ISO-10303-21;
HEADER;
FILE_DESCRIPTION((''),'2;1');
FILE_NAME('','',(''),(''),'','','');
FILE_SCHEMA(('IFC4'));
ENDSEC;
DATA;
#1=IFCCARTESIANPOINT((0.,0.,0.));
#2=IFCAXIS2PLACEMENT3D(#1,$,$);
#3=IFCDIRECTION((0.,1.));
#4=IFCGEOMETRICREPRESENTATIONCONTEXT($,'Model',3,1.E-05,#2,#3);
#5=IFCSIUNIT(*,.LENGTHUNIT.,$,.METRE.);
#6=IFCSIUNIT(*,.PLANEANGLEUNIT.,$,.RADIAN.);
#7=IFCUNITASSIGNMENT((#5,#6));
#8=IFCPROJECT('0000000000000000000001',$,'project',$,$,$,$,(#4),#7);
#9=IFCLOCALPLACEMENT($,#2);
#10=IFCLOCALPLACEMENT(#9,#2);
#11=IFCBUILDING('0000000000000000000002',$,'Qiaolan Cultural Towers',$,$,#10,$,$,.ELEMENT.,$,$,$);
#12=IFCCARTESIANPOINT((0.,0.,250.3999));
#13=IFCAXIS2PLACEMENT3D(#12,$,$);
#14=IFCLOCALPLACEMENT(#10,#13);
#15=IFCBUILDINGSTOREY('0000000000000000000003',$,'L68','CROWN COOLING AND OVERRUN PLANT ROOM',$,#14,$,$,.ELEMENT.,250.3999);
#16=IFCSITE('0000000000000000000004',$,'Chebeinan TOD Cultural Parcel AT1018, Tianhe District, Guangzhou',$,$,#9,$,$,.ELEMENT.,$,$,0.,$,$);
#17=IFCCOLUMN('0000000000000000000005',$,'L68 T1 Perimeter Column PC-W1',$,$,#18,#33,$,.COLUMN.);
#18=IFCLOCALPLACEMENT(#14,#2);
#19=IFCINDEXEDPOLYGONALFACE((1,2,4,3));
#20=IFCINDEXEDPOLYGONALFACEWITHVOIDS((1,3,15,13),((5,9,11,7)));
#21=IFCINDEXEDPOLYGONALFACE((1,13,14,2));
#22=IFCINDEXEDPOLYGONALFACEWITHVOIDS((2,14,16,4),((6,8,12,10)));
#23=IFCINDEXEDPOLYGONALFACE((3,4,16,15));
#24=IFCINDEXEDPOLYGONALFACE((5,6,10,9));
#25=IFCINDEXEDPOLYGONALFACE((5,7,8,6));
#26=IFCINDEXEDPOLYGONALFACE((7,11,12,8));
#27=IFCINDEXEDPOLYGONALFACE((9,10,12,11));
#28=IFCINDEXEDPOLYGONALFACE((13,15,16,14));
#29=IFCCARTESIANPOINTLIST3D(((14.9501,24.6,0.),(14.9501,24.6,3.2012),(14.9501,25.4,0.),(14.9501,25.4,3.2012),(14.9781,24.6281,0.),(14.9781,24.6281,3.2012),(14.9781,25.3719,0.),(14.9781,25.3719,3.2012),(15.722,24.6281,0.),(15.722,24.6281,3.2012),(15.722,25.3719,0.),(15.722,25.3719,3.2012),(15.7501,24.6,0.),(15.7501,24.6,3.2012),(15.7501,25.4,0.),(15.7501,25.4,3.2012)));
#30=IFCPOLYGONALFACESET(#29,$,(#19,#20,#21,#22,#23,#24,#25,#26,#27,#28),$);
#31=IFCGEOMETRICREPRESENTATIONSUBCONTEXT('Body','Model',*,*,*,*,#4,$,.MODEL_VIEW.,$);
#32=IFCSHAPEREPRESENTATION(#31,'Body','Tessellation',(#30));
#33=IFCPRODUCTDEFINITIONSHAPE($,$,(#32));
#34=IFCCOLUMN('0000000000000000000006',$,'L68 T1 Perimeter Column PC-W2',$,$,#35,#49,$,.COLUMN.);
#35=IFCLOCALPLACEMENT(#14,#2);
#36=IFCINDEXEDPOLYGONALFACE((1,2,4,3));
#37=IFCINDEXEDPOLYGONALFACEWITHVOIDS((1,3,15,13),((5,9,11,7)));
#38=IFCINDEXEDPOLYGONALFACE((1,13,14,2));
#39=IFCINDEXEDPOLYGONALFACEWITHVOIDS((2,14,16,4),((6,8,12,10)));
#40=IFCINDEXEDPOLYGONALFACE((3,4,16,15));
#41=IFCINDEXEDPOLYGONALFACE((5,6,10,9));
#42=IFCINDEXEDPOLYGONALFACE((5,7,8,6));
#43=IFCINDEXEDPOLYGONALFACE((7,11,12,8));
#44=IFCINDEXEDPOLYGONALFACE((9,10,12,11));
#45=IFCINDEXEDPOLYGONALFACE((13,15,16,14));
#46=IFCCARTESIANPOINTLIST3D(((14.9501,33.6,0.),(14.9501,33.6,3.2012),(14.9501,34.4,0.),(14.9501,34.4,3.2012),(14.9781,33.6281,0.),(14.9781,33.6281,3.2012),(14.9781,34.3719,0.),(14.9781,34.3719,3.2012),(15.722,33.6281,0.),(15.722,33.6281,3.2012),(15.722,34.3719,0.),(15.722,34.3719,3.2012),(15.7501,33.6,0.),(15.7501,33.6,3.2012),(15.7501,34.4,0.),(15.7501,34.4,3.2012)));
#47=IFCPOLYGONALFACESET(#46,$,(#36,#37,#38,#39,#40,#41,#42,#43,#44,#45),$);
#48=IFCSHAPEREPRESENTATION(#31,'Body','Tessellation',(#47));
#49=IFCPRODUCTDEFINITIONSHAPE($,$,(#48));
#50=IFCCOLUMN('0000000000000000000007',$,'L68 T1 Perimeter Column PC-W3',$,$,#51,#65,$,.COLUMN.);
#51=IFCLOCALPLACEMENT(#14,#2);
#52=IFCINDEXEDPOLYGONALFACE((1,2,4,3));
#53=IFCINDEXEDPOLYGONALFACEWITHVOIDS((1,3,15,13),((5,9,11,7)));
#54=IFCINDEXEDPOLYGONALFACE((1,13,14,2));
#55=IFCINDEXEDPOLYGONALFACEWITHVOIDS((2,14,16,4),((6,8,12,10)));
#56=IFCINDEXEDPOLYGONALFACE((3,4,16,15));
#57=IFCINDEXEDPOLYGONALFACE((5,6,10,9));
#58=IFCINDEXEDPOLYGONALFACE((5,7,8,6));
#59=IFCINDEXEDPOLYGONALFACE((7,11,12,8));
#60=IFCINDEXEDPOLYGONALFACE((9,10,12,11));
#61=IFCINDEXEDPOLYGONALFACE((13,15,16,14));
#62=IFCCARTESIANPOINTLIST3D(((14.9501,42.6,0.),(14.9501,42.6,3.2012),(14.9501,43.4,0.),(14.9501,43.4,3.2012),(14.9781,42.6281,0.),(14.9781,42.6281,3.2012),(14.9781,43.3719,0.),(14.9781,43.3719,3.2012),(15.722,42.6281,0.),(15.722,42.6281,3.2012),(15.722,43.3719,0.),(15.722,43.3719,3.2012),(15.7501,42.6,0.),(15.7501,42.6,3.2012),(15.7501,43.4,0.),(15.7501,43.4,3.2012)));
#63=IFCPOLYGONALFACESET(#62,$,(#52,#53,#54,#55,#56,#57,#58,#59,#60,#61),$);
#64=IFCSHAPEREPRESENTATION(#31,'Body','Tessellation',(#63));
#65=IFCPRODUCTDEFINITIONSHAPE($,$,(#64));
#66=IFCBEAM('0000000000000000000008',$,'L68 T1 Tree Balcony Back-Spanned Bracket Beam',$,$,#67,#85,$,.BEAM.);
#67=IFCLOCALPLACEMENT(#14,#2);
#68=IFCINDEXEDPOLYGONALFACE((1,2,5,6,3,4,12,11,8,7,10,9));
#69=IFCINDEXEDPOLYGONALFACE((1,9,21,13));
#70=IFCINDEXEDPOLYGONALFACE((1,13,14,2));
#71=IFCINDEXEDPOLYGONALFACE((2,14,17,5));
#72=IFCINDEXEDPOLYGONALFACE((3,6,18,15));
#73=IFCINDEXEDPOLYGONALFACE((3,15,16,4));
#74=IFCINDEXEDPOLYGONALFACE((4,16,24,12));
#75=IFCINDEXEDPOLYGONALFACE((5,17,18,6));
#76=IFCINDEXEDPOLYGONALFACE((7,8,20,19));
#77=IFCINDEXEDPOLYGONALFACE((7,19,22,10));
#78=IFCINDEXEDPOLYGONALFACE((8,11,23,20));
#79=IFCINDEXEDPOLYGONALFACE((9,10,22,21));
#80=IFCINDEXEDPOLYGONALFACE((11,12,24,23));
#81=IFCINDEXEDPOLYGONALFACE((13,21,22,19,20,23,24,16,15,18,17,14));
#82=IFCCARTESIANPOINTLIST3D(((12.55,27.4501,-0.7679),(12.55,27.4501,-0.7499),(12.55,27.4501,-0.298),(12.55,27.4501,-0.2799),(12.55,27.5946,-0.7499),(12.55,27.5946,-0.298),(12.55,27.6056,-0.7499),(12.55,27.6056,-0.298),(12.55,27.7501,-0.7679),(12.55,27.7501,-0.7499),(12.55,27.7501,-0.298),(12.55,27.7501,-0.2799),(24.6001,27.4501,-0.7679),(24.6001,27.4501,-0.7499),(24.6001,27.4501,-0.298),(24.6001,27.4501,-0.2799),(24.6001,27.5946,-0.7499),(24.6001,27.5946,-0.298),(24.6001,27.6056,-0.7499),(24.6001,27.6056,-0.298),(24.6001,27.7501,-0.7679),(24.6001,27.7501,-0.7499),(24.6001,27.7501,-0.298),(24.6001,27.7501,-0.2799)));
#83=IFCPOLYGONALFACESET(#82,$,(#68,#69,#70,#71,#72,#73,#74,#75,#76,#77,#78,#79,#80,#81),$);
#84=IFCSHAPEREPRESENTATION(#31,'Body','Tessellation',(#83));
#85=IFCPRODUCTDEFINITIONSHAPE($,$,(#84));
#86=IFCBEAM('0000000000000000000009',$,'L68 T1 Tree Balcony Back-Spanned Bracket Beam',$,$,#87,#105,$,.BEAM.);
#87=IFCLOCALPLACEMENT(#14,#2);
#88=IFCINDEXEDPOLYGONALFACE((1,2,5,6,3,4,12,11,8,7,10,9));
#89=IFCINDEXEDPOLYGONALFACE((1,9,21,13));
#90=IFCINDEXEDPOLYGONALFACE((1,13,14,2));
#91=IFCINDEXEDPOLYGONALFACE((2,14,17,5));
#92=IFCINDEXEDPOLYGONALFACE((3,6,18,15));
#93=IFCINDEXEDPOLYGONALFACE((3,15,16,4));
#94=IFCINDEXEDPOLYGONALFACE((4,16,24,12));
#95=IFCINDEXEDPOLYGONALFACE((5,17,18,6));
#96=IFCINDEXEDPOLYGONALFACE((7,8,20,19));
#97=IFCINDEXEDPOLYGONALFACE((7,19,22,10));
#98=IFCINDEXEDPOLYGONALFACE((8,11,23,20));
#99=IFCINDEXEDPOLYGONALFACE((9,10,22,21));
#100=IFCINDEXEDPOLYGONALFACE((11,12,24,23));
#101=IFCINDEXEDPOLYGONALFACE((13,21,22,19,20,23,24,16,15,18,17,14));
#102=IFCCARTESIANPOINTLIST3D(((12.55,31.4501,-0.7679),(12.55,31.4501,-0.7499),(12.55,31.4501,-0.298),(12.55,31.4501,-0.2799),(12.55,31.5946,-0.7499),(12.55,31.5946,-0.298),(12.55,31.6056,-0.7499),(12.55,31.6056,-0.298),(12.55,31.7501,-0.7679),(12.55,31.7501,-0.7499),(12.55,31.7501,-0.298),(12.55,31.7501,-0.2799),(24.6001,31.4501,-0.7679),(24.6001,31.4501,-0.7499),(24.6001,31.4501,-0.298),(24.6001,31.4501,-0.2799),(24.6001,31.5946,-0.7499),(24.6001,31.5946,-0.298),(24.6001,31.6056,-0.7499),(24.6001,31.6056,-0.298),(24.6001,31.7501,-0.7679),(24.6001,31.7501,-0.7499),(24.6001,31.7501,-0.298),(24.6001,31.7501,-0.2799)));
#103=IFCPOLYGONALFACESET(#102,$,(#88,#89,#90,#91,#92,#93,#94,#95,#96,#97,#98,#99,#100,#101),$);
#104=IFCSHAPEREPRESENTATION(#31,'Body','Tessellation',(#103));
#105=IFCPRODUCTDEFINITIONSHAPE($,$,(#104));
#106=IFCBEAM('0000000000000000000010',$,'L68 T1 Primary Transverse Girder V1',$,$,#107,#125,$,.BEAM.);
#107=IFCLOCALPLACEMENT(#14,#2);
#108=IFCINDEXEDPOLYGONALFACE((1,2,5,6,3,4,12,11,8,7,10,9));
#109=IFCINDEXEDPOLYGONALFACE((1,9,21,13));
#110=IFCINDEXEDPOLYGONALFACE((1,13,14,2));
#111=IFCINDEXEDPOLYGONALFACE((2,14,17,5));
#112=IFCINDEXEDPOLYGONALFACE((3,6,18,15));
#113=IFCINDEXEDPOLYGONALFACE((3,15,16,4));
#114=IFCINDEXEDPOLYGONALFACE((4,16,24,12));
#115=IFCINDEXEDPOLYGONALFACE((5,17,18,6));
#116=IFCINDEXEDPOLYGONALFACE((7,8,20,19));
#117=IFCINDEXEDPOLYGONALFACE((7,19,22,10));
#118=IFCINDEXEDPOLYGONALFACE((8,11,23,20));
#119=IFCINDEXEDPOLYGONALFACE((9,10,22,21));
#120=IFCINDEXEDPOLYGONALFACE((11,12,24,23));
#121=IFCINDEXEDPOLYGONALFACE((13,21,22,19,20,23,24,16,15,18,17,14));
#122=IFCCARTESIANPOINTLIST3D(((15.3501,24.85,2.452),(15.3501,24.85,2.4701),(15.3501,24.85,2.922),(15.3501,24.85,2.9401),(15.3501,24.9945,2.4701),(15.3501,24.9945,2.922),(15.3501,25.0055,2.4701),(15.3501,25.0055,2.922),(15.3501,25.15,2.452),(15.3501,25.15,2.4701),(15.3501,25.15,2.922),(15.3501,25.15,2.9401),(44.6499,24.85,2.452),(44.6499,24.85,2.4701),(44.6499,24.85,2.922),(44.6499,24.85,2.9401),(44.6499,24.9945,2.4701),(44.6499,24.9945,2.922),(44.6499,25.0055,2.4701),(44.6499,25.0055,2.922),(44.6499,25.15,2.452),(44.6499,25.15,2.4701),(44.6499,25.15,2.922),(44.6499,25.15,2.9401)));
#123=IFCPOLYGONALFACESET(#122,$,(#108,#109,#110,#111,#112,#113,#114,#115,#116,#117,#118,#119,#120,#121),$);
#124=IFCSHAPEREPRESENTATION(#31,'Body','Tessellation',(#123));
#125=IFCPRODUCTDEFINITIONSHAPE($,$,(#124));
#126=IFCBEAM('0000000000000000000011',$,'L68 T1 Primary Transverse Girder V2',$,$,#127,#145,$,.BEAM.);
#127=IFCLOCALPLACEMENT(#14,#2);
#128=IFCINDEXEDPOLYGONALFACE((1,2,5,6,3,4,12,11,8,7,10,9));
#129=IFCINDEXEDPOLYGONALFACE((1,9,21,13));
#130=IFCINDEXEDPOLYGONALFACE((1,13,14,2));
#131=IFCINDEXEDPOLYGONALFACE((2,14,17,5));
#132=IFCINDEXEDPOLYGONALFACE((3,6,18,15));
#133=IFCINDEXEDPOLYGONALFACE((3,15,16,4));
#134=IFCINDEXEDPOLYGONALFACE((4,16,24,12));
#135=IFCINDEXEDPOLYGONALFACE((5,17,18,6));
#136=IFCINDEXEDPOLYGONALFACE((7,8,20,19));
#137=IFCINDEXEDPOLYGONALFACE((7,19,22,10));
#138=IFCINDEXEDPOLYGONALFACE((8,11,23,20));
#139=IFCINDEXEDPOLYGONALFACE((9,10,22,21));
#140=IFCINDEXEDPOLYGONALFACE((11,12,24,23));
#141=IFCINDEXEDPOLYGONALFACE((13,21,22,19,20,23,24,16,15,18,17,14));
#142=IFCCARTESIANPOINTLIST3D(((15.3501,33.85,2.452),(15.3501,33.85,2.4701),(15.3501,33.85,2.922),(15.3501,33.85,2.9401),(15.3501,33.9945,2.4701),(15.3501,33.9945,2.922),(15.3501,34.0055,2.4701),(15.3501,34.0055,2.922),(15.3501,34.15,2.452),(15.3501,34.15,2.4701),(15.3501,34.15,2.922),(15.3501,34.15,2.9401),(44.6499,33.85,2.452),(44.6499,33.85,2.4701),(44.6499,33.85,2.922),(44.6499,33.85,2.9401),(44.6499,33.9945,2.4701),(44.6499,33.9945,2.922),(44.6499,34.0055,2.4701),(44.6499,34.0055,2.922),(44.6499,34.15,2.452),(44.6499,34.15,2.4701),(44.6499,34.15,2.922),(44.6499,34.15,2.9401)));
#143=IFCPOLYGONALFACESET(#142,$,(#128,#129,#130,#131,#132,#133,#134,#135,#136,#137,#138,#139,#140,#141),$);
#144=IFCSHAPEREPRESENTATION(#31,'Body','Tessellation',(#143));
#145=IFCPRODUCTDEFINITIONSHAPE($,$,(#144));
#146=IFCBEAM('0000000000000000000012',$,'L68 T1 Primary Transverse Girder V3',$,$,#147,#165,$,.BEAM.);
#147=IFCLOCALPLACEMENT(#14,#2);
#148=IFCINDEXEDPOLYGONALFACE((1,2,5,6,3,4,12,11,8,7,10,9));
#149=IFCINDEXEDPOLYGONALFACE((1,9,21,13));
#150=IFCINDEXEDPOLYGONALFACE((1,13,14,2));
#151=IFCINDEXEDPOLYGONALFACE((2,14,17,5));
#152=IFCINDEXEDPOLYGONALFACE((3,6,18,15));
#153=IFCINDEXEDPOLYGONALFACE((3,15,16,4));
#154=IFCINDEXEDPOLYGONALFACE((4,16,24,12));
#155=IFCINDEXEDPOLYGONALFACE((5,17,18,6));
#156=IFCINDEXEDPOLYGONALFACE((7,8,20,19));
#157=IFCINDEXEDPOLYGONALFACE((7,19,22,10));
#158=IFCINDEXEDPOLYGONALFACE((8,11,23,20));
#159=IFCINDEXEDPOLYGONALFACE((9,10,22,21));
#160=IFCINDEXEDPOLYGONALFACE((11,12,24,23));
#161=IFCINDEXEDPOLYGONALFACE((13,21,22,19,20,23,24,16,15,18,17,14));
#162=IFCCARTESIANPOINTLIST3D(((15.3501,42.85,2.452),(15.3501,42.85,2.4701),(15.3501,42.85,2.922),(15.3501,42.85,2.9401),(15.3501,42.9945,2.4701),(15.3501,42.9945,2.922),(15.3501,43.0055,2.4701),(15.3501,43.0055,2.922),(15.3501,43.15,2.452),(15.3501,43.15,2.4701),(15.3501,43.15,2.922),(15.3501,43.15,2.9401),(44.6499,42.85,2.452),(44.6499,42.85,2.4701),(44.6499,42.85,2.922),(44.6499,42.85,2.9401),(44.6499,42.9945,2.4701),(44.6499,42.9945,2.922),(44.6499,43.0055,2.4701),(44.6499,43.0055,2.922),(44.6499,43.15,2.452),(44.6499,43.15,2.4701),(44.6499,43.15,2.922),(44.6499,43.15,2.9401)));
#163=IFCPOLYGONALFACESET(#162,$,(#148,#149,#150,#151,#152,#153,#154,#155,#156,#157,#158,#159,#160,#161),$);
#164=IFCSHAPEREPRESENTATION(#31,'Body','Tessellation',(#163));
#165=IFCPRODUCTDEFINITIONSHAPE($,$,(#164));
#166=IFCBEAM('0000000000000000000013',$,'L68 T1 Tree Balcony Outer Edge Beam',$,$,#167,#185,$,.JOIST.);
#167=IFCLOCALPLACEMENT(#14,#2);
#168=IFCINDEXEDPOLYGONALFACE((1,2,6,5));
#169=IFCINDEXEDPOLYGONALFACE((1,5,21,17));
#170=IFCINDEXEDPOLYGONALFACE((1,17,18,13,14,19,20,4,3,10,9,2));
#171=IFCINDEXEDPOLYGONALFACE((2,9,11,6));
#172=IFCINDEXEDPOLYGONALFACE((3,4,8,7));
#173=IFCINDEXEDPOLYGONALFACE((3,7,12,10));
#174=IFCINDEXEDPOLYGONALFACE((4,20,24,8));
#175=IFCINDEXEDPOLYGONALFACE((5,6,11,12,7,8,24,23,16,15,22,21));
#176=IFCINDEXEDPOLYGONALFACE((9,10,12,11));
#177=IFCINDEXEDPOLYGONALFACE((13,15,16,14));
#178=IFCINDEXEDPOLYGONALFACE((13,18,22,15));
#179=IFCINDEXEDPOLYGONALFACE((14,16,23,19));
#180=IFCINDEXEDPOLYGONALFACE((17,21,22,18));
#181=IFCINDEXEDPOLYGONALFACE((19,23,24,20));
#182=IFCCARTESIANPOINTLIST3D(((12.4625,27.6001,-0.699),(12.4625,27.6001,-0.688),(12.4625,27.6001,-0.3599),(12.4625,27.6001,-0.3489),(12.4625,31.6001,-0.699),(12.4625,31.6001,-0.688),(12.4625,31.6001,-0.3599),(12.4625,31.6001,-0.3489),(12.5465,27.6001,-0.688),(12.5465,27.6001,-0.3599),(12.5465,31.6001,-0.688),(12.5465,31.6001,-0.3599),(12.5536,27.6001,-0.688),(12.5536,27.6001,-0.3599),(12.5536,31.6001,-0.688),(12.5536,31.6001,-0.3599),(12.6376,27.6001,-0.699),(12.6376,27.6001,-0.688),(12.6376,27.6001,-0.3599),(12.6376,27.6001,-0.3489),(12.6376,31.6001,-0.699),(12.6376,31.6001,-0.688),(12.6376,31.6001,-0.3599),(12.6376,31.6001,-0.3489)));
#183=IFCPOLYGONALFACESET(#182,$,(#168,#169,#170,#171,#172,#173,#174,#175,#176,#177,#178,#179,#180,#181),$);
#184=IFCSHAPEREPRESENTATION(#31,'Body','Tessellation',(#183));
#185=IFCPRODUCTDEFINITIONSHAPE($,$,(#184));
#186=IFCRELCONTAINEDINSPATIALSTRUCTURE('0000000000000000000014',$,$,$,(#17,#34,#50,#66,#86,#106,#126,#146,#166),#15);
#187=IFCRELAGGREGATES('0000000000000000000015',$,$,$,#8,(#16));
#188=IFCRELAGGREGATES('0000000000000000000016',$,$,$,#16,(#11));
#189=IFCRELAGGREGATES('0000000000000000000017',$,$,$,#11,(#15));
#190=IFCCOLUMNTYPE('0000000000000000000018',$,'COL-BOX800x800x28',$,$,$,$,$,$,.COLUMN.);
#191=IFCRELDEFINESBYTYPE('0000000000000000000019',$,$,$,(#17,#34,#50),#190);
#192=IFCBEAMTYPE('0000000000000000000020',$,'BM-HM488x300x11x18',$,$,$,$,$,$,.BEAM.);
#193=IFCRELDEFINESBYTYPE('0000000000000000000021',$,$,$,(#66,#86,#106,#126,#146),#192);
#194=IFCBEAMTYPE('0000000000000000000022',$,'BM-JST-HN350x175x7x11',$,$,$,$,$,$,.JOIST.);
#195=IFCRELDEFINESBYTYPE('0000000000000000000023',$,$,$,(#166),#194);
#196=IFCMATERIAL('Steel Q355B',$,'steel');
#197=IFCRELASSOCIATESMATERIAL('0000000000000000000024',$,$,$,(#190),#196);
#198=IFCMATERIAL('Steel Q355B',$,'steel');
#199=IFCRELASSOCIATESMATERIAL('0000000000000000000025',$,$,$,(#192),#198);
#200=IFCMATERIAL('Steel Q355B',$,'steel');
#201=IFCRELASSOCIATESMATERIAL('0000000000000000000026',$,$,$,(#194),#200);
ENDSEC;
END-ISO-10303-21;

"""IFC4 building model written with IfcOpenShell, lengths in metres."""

from ifc_helpers import new_model, si_unit, direction, frame, origin, origin_2d, place, context, subcontext, project, spatial, hollow_rectangle, i_section, extrude, material, material_profile, profile_set, type_object, element, save


model = new_model("IFC4")

# Units and contexts
model_context = context("Model", 3, precision=1e-05, world=origin(), true_north=direction((0.0, 1.0)))
body_context = subcontext(model_context, "Body", "Model", "MODEL_VIEW")
ifc_project = project(units=[si_unit("LENGTHUNIT", "METRE"), si_unit("PLANEANGLEUNIT", "RADIAN")], contexts=[model_context])

# Site, building, storey
site_placement = place(None, origin())
site = spatial("IfcSite", under=ifc_project, at=site_placement, Name="Chebeinan TOD Cultural Parcel AT1018, Tianhe District, Guangzhou", CompositionType="ELEMENT", RefElevation=0.0)
building_placement = place(site_placement, origin())
building = spatial("IfcBuilding", under=site, at=building_placement, Name="Qiaolan Cultural Towers", CompositionType="ELEMENT")
storey_placement = place(building_placement, frame((0.0, 0.0, 250.3999)))
storey = spatial("IfcBuildingStorey", under=building, at=storey_placement, Name="L68", Description="CROWN COOLING AND OVERRUN PLANT ROOM", CompositionType="ELEMENT", Elevation=250.3999)

# Columns
ifc_material_1 = material(Name="Steel Q355B", Category="steel")
ifc_material_profile_1 = material_profile(ifc_material_1, hollow_rectangle(XDim=0.8, YDim=0.8, WallThickness=0.0281, at=origin_2d()), Name="BOX800x800x28")
ifc_profile_set_1 = profile_set([ifc_material_profile_1], Name="Steel Q355B")
column_type = type_object("IfcColumnType", Name="COL-BOX800x800x28", PredefinedType="COLUMN", material=ifc_profile_set_1)
for number, where, z_axis, x_axis, name in (
    (1, (15.3501, 25.0, 0.0), (0.0, 0.0, 1.0), (1.0, 0.0, 0.0), "L68 T1 Perimeter Column PC-W1"),
    (2, (15.3501, 34.0, 0.0), (0.0, 0.0, 1.0), (1.0, 0.0, 0.0), "L68 T1 Perimeter Column PC-W2"),
    (3, (15.3501, 43.0, 0.0), (0.0, 0.0, 1.0), (1.0, 0.0, 0.0), "L68 T1 Perimeter Column PC-W3"),
):
    element("IfcColumn", number, at=place(storey_placement, frame(where, z_axis=z_axis, x_axis=x_axis)), inside=storey, type_object=column_type, Name=name, PredefinedType="COLUMN", context=body_context, shape_type="SweptSolid", body=[
        extrude(hollow_rectangle(XDim=0.8, YDim=0.8, WallThickness=0.0281, at=origin_2d()), origin(), (0.0, 0.0, 1.0), 3.2012),
    ])

# Beams
ifc_material_2 = material(Name="Steel Q355B", Category="steel")
ifc_material_profile_2 = material_profile(ifc_material_2, i_section(OverallWidth=0.3, OverallDepth=0.488, WebThickness=0.011, FlangeThickness=0.0181, at=origin_2d()), Name="HM488x300x11x18")
ifc_profile_set_2 = profile_set([ifc_material_profile_2], Name="Steel Q355B")
beam_type_1 = type_object("IfcBeamType", Name="BM-HM488x300x11x18", PredefinedType="BEAM", material=ifc_profile_set_2)
for number, where, z_axis, x_axis, name in (
    (4, (24.6001, 27.6001, -0.5239), (-1.0, 0.0, 0.0), (0.0, -1.0, 0.0), "L68 T1 Tree Balcony Back-Spanned Bracket Beam"),
    (5, (24.6001, 31.6001, -0.5239), (-1.0, 0.0, 0.0), (0.0, -1.0, 0.0), "L68 T1 Tree Balcony Back-Spanned Bracket Beam"),
):
    element("IfcBeam", number, at=place(storey_placement, frame(where, z_axis=z_axis, x_axis=x_axis)), inside=storey, type_object=beam_type_1, Name=name, PredefinedType="BEAM", context=body_context, shape_type="SweptSolid", body=[
        extrude(i_section(OverallWidth=0.3, OverallDepth=0.488, WebThickness=0.011, FlangeThickness=0.0181, at=origin_2d()), origin(), (0.0, 0.0, 1.0), 12.05),
    ])
for number, where, z_axis, x_axis, name in (
    (6, (15.3501, 25.0, 2.696), (1.0, 0.0, 0.0), (0.0, 1.0, 0.0), "L68 T1 Primary Transverse Girder V1"),
    (7, (15.3501, 34.0, 2.696), (1.0, 0.0, 0.0), (0.0, 1.0, 0.0), "L68 T1 Primary Transverse Girder V2"),
    (8, (15.3501, 43.0, 2.696), (1.0, 0.0, 0.0), (0.0, 1.0, 0.0), "L68 T1 Primary Transverse Girder V3"),
):
    element("IfcBeam", number, at=place(storey_placement, frame(where, z_axis=z_axis, x_axis=x_axis)), inside=storey, type_object=beam_type_1, Name=name, PredefinedType="BEAM", context=body_context, shape_type="SweptSolid", body=[
        extrude(i_section(OverallWidth=0.3, OverallDepth=0.488, WebThickness=0.011, FlangeThickness=0.0181, at=origin_2d()), origin(), (0.0, 0.0, 1.0), 29.2998),
    ])
ifc_material_3 = material(Name="Steel Q355B", Category="steel")
ifc_material_profile_3 = material_profile(ifc_material_3, i_section(OverallWidth=0.175, OverallDepth=0.3501, WebThickness=0.0071, FlangeThickness=0.011, at=origin_2d()), Name="HN350x175x7x11")
ifc_profile_set_3 = profile_set([ifc_material_profile_3], Name="Steel Q355B")
beam_type_2 = type_object("IfcBeamType", Name="BM-JST-HN350x175x7x11", PredefinedType="JOIST", material=ifc_profile_set_3)
beam_1_placement = place(storey_placement, frame((12.55, 27.6001, -0.5239), z_axis=(0.0, 1.0, 0.0), x_axis=(-1.0, 0.0, 0.0)))
element("IfcBeam", 9, at=beam_1_placement, inside=storey, type_object=beam_type_2, Name="L68 T1 Tree Balcony Outer Edge Beam", PredefinedType="JOIST", context=body_context, shape_type="SweptSolid", body=[
    extrude(i_section(OverallWidth=0.175, OverallDepth=0.3501, WebThickness=0.0071, FlangeThickness=0.011, at=origin_2d()), origin(), (0.0, 0.0, 1.0), 4.0),
])

save(model, "model.ifc")
